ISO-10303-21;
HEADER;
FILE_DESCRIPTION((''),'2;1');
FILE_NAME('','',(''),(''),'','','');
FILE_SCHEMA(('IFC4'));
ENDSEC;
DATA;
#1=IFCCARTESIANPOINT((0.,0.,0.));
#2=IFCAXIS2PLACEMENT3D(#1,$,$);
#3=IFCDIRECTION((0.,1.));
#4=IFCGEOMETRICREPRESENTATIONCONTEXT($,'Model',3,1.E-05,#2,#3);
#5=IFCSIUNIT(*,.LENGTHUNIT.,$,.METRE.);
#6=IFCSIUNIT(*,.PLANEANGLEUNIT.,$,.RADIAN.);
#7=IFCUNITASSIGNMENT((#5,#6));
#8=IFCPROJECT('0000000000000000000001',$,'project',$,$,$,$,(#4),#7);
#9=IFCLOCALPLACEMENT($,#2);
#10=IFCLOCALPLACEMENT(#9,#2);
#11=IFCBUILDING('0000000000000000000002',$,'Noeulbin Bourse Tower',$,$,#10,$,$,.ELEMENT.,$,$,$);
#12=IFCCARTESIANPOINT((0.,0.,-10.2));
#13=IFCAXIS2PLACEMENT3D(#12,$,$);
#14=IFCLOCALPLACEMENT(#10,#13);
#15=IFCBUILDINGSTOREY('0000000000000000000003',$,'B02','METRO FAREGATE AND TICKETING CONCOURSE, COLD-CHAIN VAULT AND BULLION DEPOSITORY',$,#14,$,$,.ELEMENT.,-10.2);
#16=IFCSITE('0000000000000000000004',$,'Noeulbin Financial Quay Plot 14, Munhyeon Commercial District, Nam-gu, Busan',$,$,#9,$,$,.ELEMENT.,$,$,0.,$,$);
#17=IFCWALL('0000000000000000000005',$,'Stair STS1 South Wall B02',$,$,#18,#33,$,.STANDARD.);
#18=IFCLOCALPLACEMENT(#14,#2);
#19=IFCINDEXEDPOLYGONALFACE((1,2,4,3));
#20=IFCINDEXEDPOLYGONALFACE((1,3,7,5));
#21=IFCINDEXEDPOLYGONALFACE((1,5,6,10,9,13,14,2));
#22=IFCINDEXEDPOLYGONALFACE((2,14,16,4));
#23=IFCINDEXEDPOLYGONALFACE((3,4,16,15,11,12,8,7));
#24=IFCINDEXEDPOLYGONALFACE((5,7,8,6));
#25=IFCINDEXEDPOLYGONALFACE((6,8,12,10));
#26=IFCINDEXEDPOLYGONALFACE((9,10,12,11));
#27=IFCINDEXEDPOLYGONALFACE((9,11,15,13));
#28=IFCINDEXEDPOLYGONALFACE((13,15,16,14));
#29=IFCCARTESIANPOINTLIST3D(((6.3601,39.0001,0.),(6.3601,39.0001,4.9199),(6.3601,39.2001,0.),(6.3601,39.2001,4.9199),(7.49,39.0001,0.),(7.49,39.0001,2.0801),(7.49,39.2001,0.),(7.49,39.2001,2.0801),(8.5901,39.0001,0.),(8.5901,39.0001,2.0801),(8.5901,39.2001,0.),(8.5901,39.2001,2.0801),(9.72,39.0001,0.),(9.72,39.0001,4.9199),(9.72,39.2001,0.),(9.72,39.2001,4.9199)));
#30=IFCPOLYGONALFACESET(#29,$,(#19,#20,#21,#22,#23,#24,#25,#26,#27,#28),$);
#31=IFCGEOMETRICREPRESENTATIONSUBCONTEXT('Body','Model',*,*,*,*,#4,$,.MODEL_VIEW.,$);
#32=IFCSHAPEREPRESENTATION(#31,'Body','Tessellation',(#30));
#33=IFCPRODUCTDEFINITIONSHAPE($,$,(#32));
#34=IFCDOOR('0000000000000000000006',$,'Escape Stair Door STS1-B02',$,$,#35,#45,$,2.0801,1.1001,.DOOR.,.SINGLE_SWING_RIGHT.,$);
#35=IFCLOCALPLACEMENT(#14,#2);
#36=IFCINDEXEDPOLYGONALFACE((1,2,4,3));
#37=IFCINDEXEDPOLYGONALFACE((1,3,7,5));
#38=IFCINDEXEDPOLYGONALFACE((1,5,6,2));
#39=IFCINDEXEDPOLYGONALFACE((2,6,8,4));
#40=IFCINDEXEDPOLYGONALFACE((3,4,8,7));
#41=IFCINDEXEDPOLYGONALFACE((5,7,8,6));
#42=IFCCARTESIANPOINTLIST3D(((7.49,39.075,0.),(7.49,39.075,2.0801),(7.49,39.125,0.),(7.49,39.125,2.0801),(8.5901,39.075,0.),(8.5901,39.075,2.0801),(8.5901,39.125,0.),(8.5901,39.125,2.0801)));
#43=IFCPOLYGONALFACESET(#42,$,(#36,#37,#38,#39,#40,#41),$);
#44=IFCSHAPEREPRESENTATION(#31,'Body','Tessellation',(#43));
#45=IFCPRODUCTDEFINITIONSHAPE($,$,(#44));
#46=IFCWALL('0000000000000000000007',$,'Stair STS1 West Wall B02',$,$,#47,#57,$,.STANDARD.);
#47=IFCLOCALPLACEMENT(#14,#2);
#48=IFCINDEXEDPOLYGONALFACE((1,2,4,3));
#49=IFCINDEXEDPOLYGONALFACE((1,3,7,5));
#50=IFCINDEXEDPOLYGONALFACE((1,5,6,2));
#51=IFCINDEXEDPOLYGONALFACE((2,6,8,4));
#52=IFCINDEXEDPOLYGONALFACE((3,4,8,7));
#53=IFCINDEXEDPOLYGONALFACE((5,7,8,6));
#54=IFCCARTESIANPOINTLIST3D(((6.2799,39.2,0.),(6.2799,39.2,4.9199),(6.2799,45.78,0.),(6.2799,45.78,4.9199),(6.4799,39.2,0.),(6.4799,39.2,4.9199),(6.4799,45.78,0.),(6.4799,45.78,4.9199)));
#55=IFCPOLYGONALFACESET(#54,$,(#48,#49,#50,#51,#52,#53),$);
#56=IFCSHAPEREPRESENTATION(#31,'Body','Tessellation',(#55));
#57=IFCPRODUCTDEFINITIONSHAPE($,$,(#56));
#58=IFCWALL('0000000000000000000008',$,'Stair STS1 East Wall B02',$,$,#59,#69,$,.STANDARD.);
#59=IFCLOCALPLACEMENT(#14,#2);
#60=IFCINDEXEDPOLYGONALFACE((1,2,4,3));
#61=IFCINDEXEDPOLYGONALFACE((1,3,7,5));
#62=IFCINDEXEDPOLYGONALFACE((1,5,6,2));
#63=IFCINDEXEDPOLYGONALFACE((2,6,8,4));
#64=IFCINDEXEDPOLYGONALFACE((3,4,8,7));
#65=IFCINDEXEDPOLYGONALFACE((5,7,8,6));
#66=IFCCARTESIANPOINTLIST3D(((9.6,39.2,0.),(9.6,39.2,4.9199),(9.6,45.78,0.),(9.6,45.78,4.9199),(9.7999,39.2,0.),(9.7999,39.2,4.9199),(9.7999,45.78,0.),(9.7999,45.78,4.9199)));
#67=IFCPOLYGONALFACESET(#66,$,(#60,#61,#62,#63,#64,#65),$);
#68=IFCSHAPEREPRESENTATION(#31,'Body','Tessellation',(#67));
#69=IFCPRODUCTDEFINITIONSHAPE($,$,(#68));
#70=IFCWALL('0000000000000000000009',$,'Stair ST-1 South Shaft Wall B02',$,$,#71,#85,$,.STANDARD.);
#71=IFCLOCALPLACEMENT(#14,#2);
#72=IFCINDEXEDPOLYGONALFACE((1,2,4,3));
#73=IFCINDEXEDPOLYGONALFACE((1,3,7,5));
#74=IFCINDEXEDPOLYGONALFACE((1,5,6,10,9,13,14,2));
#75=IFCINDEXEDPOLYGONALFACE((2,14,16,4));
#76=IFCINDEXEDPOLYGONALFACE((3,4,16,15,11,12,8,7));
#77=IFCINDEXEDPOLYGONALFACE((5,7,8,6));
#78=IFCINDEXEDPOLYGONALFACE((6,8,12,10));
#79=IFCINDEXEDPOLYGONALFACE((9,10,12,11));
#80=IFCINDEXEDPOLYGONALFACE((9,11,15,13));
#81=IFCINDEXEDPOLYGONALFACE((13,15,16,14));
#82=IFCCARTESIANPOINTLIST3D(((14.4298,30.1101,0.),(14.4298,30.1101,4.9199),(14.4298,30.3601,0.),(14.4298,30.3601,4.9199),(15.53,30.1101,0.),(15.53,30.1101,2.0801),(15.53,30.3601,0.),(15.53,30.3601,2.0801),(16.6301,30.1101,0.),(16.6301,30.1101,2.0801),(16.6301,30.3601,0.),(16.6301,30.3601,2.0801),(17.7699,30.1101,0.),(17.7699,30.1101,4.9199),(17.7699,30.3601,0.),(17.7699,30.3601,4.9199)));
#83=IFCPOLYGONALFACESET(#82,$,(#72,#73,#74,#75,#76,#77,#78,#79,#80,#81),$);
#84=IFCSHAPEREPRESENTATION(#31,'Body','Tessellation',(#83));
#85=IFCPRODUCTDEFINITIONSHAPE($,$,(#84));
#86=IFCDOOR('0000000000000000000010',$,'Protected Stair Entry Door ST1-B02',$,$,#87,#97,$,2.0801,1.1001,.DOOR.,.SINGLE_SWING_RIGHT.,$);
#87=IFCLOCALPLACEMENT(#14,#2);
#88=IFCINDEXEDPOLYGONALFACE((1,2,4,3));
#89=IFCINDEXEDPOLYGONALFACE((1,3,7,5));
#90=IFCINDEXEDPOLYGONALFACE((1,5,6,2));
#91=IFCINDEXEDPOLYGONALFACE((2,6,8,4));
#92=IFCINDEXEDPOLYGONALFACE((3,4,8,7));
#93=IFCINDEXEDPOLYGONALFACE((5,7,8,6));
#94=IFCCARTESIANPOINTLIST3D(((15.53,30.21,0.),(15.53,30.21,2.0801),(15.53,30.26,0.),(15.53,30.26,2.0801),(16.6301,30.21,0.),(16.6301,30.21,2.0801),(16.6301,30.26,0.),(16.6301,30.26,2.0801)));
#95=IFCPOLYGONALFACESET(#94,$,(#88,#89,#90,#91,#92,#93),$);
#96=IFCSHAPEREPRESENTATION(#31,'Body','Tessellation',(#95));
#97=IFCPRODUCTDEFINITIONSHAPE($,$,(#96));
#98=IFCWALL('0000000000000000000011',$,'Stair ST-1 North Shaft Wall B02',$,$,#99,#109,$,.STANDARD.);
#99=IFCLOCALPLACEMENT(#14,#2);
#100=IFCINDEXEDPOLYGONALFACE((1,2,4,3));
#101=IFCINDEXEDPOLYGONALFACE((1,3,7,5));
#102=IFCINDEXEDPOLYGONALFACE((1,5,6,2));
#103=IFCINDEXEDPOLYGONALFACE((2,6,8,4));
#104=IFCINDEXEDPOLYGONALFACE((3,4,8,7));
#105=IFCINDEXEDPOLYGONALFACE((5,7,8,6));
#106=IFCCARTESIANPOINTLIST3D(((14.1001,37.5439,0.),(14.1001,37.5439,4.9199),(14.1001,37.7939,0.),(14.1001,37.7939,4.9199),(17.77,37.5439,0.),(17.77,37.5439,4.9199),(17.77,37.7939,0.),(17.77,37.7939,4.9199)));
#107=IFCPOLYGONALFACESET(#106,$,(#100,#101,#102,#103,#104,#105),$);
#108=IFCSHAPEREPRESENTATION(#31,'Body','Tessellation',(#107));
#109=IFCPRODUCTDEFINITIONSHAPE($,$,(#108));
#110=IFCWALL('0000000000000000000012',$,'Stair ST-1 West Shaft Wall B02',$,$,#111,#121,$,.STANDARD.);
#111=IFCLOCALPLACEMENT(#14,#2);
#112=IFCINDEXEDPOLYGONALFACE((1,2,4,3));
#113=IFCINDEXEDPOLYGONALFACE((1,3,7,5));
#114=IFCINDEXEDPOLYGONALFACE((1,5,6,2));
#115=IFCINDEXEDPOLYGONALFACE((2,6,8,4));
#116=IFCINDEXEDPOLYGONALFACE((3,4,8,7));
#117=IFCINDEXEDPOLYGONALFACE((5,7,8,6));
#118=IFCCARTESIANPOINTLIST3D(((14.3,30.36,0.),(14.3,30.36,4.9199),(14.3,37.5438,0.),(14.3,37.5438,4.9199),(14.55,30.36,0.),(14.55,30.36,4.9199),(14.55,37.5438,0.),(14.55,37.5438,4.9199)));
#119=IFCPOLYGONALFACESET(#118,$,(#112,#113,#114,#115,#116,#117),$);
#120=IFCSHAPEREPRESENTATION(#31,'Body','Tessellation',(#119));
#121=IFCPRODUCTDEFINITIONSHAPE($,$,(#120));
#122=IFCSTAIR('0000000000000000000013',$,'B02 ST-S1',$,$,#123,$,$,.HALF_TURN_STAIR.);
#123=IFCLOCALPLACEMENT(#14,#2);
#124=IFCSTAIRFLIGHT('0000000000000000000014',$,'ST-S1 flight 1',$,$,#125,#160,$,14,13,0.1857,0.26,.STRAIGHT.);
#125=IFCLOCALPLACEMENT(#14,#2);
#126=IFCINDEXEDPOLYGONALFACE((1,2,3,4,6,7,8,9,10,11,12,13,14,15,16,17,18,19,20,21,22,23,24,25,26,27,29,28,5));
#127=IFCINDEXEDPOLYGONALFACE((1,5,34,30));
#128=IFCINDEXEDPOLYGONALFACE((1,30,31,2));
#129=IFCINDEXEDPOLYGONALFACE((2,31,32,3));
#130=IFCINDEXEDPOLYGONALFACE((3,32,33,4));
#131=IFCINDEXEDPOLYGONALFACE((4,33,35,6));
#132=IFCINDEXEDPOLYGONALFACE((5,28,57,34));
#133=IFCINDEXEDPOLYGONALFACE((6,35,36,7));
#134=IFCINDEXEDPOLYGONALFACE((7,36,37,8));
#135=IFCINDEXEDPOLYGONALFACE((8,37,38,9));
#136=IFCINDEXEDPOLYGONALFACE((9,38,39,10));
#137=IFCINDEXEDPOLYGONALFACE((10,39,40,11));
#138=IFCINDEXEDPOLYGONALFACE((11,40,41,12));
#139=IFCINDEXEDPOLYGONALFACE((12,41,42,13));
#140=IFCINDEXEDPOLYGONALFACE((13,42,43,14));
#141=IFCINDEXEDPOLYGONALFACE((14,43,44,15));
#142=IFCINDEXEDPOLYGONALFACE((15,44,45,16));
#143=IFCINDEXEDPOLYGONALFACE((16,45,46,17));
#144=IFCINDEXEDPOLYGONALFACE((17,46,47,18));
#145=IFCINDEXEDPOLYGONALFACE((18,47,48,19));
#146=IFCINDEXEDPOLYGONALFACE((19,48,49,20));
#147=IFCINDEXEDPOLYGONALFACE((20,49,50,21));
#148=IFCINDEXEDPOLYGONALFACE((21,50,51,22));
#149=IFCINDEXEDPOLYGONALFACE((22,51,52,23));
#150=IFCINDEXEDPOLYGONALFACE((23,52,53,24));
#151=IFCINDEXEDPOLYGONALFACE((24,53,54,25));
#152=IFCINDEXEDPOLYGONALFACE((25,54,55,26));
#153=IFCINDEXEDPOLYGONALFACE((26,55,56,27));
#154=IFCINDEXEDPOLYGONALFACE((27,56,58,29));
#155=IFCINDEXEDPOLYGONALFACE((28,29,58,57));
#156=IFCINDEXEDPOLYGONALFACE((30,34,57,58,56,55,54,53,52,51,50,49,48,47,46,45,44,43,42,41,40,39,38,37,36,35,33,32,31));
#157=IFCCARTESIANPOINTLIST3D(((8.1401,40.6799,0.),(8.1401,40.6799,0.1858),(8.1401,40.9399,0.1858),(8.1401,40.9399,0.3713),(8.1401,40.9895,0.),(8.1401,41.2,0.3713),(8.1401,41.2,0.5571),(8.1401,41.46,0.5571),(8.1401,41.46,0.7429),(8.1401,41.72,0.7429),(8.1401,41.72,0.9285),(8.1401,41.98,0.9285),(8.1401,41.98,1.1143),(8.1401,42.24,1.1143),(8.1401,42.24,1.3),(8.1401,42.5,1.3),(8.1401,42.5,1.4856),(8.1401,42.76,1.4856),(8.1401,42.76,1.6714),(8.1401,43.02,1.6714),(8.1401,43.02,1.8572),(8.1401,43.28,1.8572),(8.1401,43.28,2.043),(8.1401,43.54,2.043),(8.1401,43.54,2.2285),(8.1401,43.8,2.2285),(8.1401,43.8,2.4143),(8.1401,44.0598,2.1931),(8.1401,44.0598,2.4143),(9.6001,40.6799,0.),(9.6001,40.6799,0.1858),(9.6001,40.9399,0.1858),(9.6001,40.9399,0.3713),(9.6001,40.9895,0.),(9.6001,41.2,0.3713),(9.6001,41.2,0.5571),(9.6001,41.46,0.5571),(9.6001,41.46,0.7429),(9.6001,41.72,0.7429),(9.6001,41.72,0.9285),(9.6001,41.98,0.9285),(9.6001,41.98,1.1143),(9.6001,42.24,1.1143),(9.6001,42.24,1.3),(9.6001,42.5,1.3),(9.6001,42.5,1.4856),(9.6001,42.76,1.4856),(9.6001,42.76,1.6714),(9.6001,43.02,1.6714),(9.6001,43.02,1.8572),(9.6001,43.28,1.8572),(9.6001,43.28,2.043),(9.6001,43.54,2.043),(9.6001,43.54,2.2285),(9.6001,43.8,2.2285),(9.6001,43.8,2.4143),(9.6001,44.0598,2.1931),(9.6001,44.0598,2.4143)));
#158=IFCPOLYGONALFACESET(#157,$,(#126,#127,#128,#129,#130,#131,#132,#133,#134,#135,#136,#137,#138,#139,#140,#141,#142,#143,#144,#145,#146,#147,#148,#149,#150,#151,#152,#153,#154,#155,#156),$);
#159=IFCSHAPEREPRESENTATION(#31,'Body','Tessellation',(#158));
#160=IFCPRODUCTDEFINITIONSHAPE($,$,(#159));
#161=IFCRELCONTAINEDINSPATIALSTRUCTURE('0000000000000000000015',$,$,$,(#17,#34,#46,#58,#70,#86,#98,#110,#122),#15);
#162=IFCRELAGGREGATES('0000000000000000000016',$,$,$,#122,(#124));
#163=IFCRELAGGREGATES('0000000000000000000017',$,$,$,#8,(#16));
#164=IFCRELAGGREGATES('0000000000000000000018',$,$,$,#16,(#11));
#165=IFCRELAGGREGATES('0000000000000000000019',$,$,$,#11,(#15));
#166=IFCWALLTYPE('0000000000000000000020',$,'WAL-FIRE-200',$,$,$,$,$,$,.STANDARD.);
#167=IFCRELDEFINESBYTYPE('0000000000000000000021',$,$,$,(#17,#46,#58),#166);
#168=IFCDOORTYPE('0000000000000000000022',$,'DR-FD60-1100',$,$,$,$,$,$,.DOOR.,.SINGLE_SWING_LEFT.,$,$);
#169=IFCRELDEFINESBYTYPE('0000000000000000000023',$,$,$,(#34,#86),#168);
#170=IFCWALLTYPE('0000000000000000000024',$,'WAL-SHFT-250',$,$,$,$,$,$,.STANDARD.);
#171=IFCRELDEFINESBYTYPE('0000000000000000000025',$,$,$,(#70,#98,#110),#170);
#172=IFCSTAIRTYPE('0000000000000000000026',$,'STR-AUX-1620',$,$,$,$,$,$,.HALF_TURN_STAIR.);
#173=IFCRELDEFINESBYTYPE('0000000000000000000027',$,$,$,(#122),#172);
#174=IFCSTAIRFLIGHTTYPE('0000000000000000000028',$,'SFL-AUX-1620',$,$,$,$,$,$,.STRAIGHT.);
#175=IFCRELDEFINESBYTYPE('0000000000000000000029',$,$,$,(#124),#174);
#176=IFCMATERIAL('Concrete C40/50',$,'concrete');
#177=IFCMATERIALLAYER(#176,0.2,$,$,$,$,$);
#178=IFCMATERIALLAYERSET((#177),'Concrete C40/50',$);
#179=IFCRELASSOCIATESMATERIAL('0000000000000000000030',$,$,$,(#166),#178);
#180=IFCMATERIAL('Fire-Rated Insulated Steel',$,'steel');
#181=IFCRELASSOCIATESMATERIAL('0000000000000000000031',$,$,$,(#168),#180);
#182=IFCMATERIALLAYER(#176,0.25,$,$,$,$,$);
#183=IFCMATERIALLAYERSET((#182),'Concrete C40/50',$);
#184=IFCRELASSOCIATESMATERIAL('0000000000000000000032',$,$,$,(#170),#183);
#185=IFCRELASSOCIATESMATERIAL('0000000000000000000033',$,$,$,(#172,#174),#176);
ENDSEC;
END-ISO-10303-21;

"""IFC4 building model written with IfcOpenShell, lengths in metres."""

from ifc_helpers import new_model, si_unit, direction, frame, frame_2d, origin, place, context, subcontext, project, spatial, polyline, rectangle, outline, extrude, material, layer, layer_set, type_object, element, fill, aggregate, save


model = new_model("IFC4")

# Units and contexts
model_context = context("Model", 3, precision=1e-05, world=origin(), true_north=direction((0.0, 1.0)))
body_context = subcontext(model_context, "Body", "Model", "MODEL_VIEW")
ifc_project = project(units=[si_unit("LENGTHUNIT", "METRE"), si_unit("PLANEANGLEUNIT", "RADIAN")], contexts=[model_context])

# Site, building, storey
site_placement = place(None, origin())
site = spatial("IfcSite", under=ifc_project, at=site_placement, Name="Noeulbin Financial Quay Plot 14, Munhyeon Commercial District, Nam-gu, Busan", CompositionType="ELEMENT", RefElevation=0.0)
building_placement = place(site_placement, origin())
building = spatial("IfcBuilding", under=site, at=building_placement, Name="Noeulbin Bourse Tower", CompositionType="ELEMENT")
storey_placement = place(building_placement, frame((0.0, 0.0, -10.2)))
storey = spatial("IfcBuildingStorey", under=building, at=storey_placement, Name="B02", Description="METRO FAREGATE AND TICKETING CONCOURSE, COLD-CHAIN VAULT AND BULLION DEPOSITORY", CompositionType="ELEMENT", Elevation=-10.2)

# Wall, opening, door
ifc_material_1 = material(Name="Concrete C40/50", Category="concrete")
ifc_layer_1 = layer(ifc_material_1, 0.2)
ifc_layer_set_1 = layer_set([ifc_layer_1], Name="Concrete C40/50")
wall_type_1 = type_object("IfcWallType", Name="WAL-FIRE-200", PredefinedType="STANDARD", material=ifc_layer_set_1)
wall_1_placement = place(storey_placement, frame((6.3601, 39.1001, 0.0), z_axis=(0.0, 0.0, 1.0), x_axis=(1.0, 0.0, 0.0)))
wall_1 = element("IfcWall", 1, at=wall_1_placement, inside=storey, type_object=wall_type_1, Name="Stair STS1 South Wall B02", PredefinedType="STANDARD", context=body_context, shape_type="SweptSolid", body=[
    extrude(rectangle(XDim=3.3599, YDim=0.2, at=frame_2d((1.6799, 0.0))), origin(), (0.0, 0.0, 1.0), 4.9199),
])
opening_1_placement = place(wall_1_placement, frame((1.1299, 0.0, 0.0)))
opening_1 = element("IfcOpeningElement", 2, at=opening_1_placement, cuts=wall_1, PredefinedType="OPENING", context=body_context, shape_type="SweptSolid", body=[
    extrude(rectangle(XDim=1.1001, YDim=2.0801, at=frame_2d((0.55, 1.04))), frame((0.0, 0.1099, 0.0), z_axis=(0.0, -1.0, 0.0), x_axis=(1.0, 0.0, 0.0)), (0.0, 0.0, 1.0), 0.22),
])
ifc_material_2 = material(Name="Fire-Rated Insulated Steel", Category="steel")
door_type = type_object("IfcDoorType", Name="DR-FD60-1100", OperationType="SINGLE_SWING_LEFT", PredefinedType="DOOR", material=ifc_material_2)
door_1_placement = place(opening_1_placement, origin())
door_1 = element("IfcDoor", 3, at=door_1_placement, inside=storey, type_object=door_type, Name="Escape Stair Door STS1-B02", OperationType="SINGLE_SWING_RIGHT", OverallHeight=2.0801, OverallWidth=1.1001, PredefinedType="DOOR", context=body_context, shape_type="SweptSolid", body=[
    extrude(rectangle(XDim=1.1001, YDim=2.0801, at=frame_2d((0.55, 1.04))), frame((0.0, 0.0249, 0.0), z_axis=(0.0, -1.0, 0.0), x_axis=(1.0, 0.0, 0.0)), (0.0, 0.0, 1.0), 0.05),
])
fill(opening_1, door_1)

# Walls
for number, where, z_axis, x_axis, name in (
    (4, (6.3799, 39.2, 0.0), (0.0, 0.0, 1.0), (0.0, 1.0, 0.0), "Stair STS1 West Wall B02"),
    (5, (9.7, 39.2, 0.0), (0.0, 0.0, 1.0), (0.0, 1.0, 0.0), "Stair STS1 East Wall B02"),
):
    element("IfcWall", number, at=place(storey_placement, frame(where, z_axis=z_axis, x_axis=x_axis)), inside=storey, type_object=wall_type_1, Name=name, PredefinedType="STANDARD", context=body_context, shape_type="SweptSolid", body=[
        extrude(rectangle(XDim=6.5801, YDim=0.2, at=frame_2d((3.29, 0.0))), origin(), (0.0, 0.0, 1.0), 4.9199),
    ])

# Wall, opening, door
ifc_layer_2 = layer(ifc_material_1, 0.25)
ifc_layer_set_2 = layer_set([ifc_layer_2], Name="Concrete C40/50")
wall_type_2 = type_object("IfcWallType", Name="WAL-SHFT-250", PredefinedType="STANDARD", material=ifc_layer_set_2)
wall_2_placement = place(storey_placement, frame((14.4299, 30.2351, 0.0), z_axis=(0.0, 0.0, 1.0), x_axis=(1.0, 0.0, 0.0)))
wall_2 = element("IfcWall", 6, at=wall_2_placement, inside=storey, type_object=wall_type_2, Name="Stair ST-1 South Shaft Wall B02", PredefinedType="STANDARD", context=body_context, shape_type="SweptSolid", body=[
    extrude(rectangle(XDim=3.3401, YDim=0.25, at=frame_2d((1.6699, 0.0))), origin(), (0.0, 0.0, 1.0), 4.9199),
])
opening_2_placement = place(wall_2_placement, frame((1.1001, 0.0, 0.0)))
opening_2 = element("IfcOpeningElement", 7, at=opening_2_placement, cuts=wall_2, PredefinedType="OPENING", context=body_context, shape_type="SweptSolid", body=[
    extrude(rectangle(XDim=1.1001, YDim=2.0801, at=frame_2d((0.55, 1.04))), frame((0.0, 0.135, 0.0), z_axis=(0.0, -1.0, 0.0), x_axis=(1.0, 0.0, 0.0)), (0.0, 0.0, 1.0), 0.27),
])
door_2_placement = place(opening_2_placement, origin())
door_2 = element("IfcDoor", 8, at=door_2_placement, inside=storey, type_object=door_type, Name="Protected Stair Entry Door ST1-B02", OperationType="SINGLE_SWING_RIGHT", OverallHeight=2.0801, OverallWidth=1.1001, PredefinedType="DOOR", context=body_context, shape_type="SweptSolid", body=[
    extrude(rectangle(XDim=1.1001, YDim=2.0801, at=frame_2d((0.55, 1.04))), frame((0.0, 0.0249, 0.0), z_axis=(0.0, -1.0, 0.0), x_axis=(1.0, 0.0, 0.0)), (0.0, 0.0, 1.0), 0.05),
])
fill(opening_2, door_2)

# Walls
wall_3_placement = place(storey_placement, frame((14.1001, 37.6689, 0.0), z_axis=(0.0, 0.0, 1.0), x_axis=(1.0, 0.0, 0.0)))
element("IfcWall", 9, at=wall_3_placement, inside=storey, type_object=wall_type_2, Name="Stair ST-1 North Shaft Wall B02", PredefinedType="STANDARD", context=body_context, shape_type="SweptSolid", body=[
    extrude(rectangle(XDim=3.6699, YDim=0.25, at=frame_2d((1.835, 0.0))), origin(), (0.0, 0.0, 1.0), 4.9199),
])
wall_4_placement = place(storey_placement, frame((14.425, 30.3601, 0.0), z_axis=(0.0, 0.0, 1.0), x_axis=(0.0, 1.0, 0.0)))
element("IfcWall", 10, at=wall_4_placement, inside=storey, type_object=wall_type_2, Name="Stair ST-1 West Shaft Wall B02", PredefinedType="STANDARD", context=body_context, shape_type="SweptSolid", body=[
    extrude(rectangle(XDim=7.1838, YDim=0.25, at=frame_2d((3.5918, 0.0))), origin(), (0.0, 0.0, 1.0), 4.9199),
])

# Stair, stair flight
stair_type = type_object("IfcStairType", Name="STR-AUX-1620", PredefinedType="HALF_TURN_STAIR", material=ifc_material_1)
stair_placement = place(storey_placement, origin())
stair = element("IfcStair", 11, at=stair_placement, inside=storey, type_object=stair_type, Name="B02 ST-S1", PredefinedType="HALF_TURN_STAIR")
stair_flight_type = type_object("IfcStairFlightType", Name="SFL-AUX-1620", PredefinedType="STRAIGHT", material=ifc_material_1)
stair_flight_1_placement = place(storey_placement, frame((8.8701, 40.6799, 0.0), z_axis=(0.0, 0.0, 1.0), x_axis=(0.0, 1.0, 0.0)))
stair_flight_1 = element("IfcStairFlight", 12, at=stair_flight_1_placement, type_object=stair_flight_type, Name="ST-S1 flight 1", NumberOfRisers=14, NumberOfTreads=13, PredefinedType="STRAIGHT", RiserHeight=0.1857, TreadLength=0.26, context=body_context, shape_type="SweptSolid", body=[
    extrude(outline(polyline([(0.0, 0.0), (0.0, 0.1858), (0.26, 0.1858), (0.26, 0.3713), (0.52, 0.3713), (0.52, 0.5571), (0.78, 0.5571), (0.78, 0.7429), (1.04, 0.7429), (1.04, 0.9285), (1.3, 0.9285), (1.3, 1.1143), (1.5601, 1.1143), (1.5601, 1.3), (1.8201, 1.3), (1.8201, 1.4856), (2.0801, 1.4856), (2.0801, 1.6714), (2.3401, 1.6714), (2.3401, 1.8572), (2.6001, 1.8572), (2.6001, 2.043), (2.8601, 2.043), (2.8601, 2.2285), (3.1201, 2.2285), (3.1201, 2.4143), (3.3799, 2.4143), (3.3799, 2.6001), (3.3799, 2.1931), (0.3096, 0.0), (0.0, 0.0)])), frame((0.0, 0.73, 0.0), z_axis=(0.0, -1.0, 0.0), x_axis=(1.0, 0.0, 0.0)), (0.0, 0.0, 1.0), 1.46),
])
aggregate(stair, [stair_flight_1])

save(model, "model.ifc")
